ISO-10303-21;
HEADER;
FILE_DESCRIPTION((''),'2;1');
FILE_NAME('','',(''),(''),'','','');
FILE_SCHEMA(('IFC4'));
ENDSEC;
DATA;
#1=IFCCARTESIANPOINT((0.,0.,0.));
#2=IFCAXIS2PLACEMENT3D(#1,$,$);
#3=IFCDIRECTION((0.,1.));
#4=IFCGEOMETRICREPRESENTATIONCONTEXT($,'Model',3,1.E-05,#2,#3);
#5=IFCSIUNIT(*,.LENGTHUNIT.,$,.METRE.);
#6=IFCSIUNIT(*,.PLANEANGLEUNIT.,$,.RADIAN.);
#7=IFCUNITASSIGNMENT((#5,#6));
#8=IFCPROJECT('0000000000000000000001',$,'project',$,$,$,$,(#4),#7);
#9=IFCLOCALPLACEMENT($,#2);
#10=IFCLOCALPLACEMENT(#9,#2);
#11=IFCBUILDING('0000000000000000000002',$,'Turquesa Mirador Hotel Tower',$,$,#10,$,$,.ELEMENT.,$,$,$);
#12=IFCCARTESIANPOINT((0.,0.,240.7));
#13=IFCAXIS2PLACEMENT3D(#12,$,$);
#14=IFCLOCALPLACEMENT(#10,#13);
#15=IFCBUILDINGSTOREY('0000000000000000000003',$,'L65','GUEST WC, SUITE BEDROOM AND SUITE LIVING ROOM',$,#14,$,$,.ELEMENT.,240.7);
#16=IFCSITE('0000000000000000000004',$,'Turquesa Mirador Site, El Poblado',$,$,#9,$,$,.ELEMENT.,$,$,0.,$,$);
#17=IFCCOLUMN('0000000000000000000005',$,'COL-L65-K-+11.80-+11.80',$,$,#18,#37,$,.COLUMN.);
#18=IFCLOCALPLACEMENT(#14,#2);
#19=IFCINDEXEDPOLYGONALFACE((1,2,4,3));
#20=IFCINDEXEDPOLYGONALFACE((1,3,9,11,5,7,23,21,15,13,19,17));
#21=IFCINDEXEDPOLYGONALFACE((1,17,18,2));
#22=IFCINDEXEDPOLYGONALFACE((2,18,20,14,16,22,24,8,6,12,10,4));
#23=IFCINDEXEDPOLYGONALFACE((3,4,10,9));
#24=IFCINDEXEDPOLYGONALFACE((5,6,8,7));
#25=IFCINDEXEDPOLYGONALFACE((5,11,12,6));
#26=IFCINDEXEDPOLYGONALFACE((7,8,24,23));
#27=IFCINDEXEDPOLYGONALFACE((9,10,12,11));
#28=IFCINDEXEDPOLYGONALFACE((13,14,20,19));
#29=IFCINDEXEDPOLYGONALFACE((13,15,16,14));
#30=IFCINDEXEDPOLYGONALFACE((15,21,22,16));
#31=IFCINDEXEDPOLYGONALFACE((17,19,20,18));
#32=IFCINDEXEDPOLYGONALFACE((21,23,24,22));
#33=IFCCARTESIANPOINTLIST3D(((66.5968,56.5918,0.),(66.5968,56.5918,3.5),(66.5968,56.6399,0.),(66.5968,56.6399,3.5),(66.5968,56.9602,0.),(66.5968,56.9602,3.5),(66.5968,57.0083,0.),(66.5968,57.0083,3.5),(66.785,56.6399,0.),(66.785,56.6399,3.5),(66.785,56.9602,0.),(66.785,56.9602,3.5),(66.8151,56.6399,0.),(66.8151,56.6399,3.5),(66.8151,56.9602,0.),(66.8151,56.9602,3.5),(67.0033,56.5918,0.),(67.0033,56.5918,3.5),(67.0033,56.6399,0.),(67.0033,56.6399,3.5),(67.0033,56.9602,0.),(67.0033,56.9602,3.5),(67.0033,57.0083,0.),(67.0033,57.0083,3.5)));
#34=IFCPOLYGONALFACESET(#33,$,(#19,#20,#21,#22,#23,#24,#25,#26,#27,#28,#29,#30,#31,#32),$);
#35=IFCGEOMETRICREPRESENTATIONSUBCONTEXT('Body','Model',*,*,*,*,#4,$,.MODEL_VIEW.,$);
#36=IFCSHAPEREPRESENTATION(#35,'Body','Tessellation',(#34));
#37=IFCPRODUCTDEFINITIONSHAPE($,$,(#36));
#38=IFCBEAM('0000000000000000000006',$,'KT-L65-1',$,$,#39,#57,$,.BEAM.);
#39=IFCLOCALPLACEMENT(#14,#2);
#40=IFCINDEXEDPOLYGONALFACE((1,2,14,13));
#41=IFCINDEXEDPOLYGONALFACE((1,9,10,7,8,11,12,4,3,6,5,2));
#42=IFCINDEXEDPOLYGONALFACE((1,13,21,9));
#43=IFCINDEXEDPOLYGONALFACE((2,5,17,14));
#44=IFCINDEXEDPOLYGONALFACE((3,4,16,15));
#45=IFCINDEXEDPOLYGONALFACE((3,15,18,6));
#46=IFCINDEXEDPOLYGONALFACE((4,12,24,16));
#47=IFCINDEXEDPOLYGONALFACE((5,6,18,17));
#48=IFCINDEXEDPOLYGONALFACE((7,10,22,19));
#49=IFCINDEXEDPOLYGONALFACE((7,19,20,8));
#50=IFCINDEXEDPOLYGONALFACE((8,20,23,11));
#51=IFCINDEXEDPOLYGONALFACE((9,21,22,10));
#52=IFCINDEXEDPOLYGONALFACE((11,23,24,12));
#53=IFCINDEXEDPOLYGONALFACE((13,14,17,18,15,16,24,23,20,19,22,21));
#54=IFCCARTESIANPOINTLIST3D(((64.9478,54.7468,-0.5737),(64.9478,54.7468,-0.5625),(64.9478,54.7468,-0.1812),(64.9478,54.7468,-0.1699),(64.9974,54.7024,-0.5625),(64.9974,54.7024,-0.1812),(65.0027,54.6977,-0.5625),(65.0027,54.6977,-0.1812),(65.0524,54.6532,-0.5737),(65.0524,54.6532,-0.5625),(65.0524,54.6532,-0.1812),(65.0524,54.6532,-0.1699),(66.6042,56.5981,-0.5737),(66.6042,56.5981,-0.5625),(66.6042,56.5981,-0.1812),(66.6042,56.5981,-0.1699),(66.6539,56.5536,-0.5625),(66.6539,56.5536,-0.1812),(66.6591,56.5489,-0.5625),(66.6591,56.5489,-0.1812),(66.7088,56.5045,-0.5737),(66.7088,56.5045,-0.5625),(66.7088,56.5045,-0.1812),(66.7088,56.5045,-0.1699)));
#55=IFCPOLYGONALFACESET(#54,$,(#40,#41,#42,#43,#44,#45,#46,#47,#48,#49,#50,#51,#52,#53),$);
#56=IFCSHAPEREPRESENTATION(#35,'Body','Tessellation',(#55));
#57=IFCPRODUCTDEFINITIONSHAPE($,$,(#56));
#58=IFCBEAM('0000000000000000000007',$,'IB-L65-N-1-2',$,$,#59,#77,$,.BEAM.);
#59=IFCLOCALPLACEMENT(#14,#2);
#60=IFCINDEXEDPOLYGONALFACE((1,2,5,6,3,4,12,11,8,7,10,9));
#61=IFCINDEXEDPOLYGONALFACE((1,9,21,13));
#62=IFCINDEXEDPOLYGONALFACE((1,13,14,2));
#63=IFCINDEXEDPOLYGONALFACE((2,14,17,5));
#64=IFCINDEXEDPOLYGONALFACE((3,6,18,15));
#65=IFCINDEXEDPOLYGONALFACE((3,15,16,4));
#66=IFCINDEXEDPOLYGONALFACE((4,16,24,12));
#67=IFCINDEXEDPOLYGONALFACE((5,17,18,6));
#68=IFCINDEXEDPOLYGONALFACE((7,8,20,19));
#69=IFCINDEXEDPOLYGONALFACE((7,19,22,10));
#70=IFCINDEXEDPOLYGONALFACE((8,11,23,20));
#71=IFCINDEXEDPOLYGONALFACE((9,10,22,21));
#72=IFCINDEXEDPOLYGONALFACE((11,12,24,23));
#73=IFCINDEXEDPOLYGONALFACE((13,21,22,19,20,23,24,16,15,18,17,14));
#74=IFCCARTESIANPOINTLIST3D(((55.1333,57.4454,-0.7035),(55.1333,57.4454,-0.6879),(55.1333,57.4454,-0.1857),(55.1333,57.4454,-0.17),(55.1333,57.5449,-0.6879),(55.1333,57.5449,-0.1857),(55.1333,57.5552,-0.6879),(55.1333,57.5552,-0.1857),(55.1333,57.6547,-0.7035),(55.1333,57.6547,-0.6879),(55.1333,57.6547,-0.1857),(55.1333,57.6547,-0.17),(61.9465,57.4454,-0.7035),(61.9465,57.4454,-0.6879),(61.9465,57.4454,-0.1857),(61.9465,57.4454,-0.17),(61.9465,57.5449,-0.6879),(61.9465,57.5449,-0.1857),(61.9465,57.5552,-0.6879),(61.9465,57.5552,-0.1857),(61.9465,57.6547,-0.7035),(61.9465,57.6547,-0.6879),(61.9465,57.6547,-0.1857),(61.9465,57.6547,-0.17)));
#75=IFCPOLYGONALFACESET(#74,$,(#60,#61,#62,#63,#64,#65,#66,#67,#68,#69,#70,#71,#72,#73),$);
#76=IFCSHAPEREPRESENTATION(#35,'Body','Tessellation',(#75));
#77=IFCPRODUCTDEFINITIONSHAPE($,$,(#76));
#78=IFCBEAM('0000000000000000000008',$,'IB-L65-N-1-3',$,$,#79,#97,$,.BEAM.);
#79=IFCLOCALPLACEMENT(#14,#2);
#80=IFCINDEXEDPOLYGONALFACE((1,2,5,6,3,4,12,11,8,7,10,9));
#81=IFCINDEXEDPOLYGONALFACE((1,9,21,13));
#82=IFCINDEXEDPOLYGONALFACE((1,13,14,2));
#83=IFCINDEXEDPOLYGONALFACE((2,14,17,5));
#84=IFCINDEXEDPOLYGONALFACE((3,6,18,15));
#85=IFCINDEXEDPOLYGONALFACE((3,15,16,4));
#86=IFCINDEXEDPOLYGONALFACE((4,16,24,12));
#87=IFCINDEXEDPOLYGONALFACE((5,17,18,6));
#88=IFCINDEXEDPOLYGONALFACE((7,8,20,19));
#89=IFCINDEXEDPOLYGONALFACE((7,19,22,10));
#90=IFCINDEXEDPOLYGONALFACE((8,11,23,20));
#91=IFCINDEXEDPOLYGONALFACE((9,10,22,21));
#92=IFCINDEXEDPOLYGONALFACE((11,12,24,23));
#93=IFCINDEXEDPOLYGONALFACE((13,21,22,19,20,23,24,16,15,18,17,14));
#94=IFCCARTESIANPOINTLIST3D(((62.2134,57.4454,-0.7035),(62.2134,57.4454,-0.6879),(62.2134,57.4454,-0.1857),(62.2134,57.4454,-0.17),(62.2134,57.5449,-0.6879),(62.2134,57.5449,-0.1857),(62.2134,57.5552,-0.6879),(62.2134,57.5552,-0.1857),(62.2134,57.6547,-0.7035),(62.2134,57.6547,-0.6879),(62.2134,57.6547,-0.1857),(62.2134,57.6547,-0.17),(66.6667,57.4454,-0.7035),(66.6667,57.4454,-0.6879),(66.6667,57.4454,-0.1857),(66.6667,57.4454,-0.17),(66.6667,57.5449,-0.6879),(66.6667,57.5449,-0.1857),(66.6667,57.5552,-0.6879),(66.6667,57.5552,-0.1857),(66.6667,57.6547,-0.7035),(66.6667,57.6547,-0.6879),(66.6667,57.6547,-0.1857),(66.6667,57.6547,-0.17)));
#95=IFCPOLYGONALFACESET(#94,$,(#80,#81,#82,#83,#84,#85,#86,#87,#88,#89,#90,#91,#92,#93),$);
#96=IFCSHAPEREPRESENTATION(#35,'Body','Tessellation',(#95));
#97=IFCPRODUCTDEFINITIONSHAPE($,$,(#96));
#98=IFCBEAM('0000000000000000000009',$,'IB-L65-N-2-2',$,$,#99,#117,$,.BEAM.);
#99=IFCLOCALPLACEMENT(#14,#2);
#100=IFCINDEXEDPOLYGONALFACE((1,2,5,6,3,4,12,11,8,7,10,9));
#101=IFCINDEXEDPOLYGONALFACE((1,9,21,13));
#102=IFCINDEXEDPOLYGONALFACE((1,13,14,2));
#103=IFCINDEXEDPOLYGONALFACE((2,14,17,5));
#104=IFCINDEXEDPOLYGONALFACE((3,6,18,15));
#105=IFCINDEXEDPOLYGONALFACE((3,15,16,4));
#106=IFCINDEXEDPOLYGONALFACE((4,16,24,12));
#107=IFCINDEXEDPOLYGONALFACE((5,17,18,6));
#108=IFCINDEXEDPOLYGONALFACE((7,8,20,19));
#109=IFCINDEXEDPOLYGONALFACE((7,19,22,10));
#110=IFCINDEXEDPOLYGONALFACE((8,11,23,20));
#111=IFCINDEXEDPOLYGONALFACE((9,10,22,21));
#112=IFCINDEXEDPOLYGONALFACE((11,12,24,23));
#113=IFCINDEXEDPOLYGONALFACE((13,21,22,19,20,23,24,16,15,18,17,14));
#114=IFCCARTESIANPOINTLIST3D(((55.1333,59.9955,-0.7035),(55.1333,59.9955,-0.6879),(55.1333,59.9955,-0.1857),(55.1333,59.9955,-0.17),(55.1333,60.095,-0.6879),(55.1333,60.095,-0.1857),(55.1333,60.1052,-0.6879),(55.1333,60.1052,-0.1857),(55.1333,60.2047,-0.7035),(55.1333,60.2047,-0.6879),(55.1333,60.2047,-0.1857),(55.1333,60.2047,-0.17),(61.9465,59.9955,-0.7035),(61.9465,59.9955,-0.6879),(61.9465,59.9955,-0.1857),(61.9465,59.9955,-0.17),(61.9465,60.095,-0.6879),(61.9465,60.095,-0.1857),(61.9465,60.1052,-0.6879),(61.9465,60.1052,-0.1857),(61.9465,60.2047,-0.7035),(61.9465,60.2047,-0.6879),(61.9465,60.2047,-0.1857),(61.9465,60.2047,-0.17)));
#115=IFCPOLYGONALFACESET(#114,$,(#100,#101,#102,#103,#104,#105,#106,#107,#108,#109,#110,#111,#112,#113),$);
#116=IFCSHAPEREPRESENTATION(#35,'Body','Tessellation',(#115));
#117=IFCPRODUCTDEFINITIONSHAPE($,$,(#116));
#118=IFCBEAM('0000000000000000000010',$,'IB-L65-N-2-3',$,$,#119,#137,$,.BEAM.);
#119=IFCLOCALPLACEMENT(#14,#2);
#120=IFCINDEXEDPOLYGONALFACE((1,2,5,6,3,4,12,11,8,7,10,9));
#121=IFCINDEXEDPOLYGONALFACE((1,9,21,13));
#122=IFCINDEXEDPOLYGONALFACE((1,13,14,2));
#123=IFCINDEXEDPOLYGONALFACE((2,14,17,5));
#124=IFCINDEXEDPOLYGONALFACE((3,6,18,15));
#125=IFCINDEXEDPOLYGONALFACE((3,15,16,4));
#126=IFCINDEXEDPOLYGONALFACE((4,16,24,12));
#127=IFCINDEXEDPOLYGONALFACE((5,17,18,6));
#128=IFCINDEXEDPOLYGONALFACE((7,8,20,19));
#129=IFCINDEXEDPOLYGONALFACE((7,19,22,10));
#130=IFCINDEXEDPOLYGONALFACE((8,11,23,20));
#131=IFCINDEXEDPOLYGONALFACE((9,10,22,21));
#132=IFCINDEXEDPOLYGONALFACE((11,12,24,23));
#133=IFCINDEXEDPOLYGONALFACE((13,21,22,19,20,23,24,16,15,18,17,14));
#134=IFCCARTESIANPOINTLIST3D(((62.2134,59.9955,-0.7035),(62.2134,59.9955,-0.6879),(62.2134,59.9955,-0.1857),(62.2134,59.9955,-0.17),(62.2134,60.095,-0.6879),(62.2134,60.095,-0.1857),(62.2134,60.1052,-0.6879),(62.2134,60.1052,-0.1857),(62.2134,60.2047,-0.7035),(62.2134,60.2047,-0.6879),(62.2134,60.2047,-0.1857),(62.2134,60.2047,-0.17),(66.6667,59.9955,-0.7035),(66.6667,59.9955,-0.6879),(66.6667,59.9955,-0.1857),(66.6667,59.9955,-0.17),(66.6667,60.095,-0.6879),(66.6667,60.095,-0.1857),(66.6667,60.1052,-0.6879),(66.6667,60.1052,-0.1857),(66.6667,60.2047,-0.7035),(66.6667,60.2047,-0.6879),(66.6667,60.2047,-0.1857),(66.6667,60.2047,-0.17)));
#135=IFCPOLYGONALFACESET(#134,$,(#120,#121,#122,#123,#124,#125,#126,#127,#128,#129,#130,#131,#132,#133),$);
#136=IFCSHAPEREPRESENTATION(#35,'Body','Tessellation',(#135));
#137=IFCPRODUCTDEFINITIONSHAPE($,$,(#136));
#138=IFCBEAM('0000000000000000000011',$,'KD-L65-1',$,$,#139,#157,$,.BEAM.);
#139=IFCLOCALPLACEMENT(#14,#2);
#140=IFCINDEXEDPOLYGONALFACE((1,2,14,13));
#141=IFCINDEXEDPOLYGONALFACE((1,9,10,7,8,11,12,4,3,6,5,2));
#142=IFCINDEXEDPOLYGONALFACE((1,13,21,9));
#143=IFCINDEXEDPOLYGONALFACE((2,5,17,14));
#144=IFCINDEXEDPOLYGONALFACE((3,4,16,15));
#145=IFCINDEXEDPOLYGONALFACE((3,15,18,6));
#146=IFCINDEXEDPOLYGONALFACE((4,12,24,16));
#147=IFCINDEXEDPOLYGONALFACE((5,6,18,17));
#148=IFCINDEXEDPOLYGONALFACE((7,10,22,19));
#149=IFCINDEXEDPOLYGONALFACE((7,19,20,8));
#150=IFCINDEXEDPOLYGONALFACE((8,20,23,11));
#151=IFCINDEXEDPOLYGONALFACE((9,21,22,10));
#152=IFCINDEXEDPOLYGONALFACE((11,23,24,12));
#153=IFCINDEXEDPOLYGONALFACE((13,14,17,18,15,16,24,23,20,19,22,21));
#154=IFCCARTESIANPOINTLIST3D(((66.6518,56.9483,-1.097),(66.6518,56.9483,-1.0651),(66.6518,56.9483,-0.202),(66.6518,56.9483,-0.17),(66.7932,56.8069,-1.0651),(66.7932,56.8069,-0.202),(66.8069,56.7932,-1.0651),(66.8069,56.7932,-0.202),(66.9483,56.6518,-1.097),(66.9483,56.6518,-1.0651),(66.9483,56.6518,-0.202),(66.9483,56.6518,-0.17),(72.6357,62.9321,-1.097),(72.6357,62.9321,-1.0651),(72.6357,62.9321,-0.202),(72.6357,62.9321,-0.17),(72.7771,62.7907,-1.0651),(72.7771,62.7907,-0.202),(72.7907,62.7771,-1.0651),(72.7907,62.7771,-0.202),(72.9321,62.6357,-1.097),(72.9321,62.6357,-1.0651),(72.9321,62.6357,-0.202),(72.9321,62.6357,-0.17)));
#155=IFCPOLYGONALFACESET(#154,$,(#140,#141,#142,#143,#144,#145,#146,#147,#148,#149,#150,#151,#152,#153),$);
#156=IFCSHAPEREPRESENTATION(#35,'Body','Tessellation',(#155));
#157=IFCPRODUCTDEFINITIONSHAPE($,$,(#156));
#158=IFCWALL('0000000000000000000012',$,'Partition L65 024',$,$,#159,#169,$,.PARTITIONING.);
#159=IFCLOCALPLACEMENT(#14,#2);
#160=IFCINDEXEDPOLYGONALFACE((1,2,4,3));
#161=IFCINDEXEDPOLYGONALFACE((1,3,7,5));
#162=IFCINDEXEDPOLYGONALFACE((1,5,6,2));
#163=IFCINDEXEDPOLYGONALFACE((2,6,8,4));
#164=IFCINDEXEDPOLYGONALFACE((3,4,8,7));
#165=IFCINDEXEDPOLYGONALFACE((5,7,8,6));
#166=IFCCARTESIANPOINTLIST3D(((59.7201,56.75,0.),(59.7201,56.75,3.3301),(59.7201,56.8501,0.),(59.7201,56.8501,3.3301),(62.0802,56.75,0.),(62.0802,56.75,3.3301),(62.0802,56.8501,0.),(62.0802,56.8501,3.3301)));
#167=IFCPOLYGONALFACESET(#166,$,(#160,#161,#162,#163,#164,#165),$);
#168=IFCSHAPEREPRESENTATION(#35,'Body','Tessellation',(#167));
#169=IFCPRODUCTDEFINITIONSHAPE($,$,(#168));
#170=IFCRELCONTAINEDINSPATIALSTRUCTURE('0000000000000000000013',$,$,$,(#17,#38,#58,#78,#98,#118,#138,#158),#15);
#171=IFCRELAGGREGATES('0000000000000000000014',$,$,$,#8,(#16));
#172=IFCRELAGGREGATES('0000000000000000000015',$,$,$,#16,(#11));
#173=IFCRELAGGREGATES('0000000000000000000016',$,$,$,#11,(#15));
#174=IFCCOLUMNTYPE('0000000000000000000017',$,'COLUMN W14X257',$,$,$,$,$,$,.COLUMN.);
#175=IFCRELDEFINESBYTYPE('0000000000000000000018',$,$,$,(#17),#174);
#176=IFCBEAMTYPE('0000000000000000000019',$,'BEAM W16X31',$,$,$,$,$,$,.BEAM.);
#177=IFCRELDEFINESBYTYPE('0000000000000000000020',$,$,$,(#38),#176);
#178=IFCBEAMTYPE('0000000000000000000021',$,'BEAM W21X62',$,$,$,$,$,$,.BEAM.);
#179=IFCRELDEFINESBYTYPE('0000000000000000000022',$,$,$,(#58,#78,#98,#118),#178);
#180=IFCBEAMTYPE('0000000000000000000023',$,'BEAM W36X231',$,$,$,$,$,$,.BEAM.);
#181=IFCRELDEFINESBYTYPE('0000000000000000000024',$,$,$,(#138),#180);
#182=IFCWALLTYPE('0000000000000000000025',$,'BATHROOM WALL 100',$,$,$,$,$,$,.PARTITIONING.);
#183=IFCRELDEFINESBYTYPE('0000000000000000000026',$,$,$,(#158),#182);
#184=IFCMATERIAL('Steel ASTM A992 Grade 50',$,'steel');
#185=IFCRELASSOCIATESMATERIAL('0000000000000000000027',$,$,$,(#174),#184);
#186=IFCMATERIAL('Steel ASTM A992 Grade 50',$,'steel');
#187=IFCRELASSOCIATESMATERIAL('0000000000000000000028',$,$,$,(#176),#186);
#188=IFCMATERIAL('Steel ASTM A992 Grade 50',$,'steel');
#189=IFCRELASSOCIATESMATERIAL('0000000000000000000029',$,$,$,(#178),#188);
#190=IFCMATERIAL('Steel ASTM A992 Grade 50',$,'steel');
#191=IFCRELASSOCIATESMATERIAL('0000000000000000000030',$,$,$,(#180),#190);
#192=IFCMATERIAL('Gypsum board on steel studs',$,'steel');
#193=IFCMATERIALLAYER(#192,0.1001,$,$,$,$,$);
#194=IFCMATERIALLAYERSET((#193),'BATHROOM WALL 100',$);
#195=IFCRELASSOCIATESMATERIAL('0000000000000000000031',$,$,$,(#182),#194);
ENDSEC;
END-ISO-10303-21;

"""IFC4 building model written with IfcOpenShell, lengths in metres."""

from ifc_helpers import new_model, si_unit, direction, frame, frame_2d, origin, origin_2d, place, context, subcontext, project, spatial, rectangle, i_section, extrude, material, layer, layer_set, material_profile, profile_set, type_object, element, save


model = new_model("IFC4")

# Units and contexts
model_context = context("Model", 3, precision=1e-05, world=origin(), true_north=direction((0.0, 1.0)))
body_context = subcontext(model_context, "Body", "Model", "MODEL_VIEW")
ifc_project = project(units=[si_unit("LENGTHUNIT", "METRE"), si_unit("PLANEANGLEUNIT", "RADIAN")], contexts=[model_context])

# Site, building, storey
site_placement = place(None, origin())
site = spatial("IfcSite", under=ifc_project, at=site_placement, Name="Turquesa Mirador Site, El Poblado", CompositionType="ELEMENT", RefElevation=0.0)
building_placement = place(site_placement, origin())
building = spatial("IfcBuilding", under=site, at=building_placement, Name="Turquesa Mirador Hotel Tower", CompositionType="ELEMENT")
storey_placement = place(building_placement, frame((0.0, 0.0, 240.7)))
storey = spatial("IfcBuildingStorey", under=building, at=storey_placement, Name="L65", Description="GUEST WC, SUITE BEDROOM AND SUITE LIVING ROOM", CompositionType="ELEMENT", Elevation=240.7)

# Column
ifc_material_1 = material(Name="Steel ASTM A992 Grade 50", Category="steel")
ifc_material_profile_1 = material_profile(ifc_material_1, i_section(OverallWidth=0.4065, OverallDepth=0.4165, WebThickness=0.03, FlangeThickness=0.0481, at=origin_2d()), Name="W14X257")
ifc_profile_set_1 = profile_set([ifc_material_profile_1], Name="Steel ASTM A992 Grade 50")
column_type = type_object("IfcColumnType", Name="COLUMN W14X257", PredefinedType="COLUMN", material=ifc_profile_set_1)
column_placement = place(storey_placement, frame((66.8, 56.8, 0.0), z_axis=(0.0, 0.0, 1.0), x_axis=(1.0, 0.0, 0.0)))
element("IfcColumn", 1, at=column_placement, inside=storey, type_object=column_type, Name="COL-L65-K-+11.80-+11.80", PredefinedType="COLUMN", context=body_context, shape_type="SweptSolid", body=[
    extrude(i_section(OverallWidth=0.4065, OverallDepth=0.4165, WebThickness=0.03, FlangeThickness=0.0481, at=origin_2d()), origin(), (0.0, 0.0, 1.0), 3.5),
])

# Beams
ifc_material_2 = material(Name="Steel ASTM A992 Grade 50", Category="steel")
ifc_material_profile_2 = material_profile(ifc_material_2, i_section(OverallWidth=0.1404, OverallDepth=0.4038, WebThickness=0.0071, FlangeThickness=0.0112, at=origin_2d()), Name="W16X31")
ifc_profile_set_2 = profile_set([ifc_material_profile_2], Name="Steel ASTM A992 Grade 50")
beam_type_1 = type_object("IfcBeamType", Name="BEAM W16X31", PredefinedType="BEAM", material=ifc_profile_set_2)
beam_1_placement = place(storey_placement, frame((66.6565, 56.5513, -0.3718), z_axis=(-0.666806, -0.745231, 0.0), x_axis=(0.745231, -0.666806, 0.0)))
element("IfcBeam", 2, at=beam_1_placement, inside=storey, type_object=beam_type_1, Name="KT-L65-1", PredefinedType="BEAM", context=body_context, shape_type="SweptSolid", body=[
    extrude(i_section(OverallWidth=0.1404, OverallDepth=0.4038, WebThickness=0.0071, FlangeThickness=0.0112, at=origin_2d()), origin(), (0.0, 0.0, 1.0), 2.4841),
])
ifc_material_3 = material(Name="Steel ASTM A992 Grade 50", Category="steel")
ifc_material_profile_3 = material_profile(ifc_material_3, i_section(OverallWidth=0.2092, OverallDepth=0.5334, WebThickness=0.0103, FlangeThickness=0.0156, at=origin_2d()), Name="W21X62")
ifc_profile_set_3 = profile_set([ifc_material_profile_3], Name="Steel ASTM A992 Grade 50")
beam_type_2 = type_object("IfcBeamType", Name="BEAM W21X62", PredefinedType="BEAM", material=ifc_profile_set_3)
beam_2_placement = place(storey_placement, frame((55.1333, 57.55, -0.4368), z_axis=(1.0, 0.0, 0.0), x_axis=(0.0, 1.0, 0.0)))
element("IfcBeam", 3, at=beam_2_placement, inside=storey, type_object=beam_type_2, Name="IB-L65-N-1-2", PredefinedType="BEAM", context=body_context, shape_type="SweptSolid", body=[
    extrude(i_section(OverallWidth=0.2092, OverallDepth=0.5334, WebThickness=0.0103, FlangeThickness=0.0156, at=origin_2d()), origin(), (0.0, 0.0, 1.0), 6.8132),
])
beam_3_placement = place(storey_placement, frame((62.2134, 57.55, -0.4368), z_axis=(1.0, 0.0, 0.0), x_axis=(0.0, 1.0, 0.0)))
element("IfcBeam", 4, at=beam_3_placement, inside=storey, type_object=beam_type_2, Name="IB-L65-N-1-3", PredefinedType="BEAM", context=body_context, shape_type="SweptSolid", body=[
    extrude(i_section(OverallWidth=0.2092, OverallDepth=0.5334, WebThickness=0.0103, FlangeThickness=0.0156, at=origin_2d()), origin(), (0.0, 0.0, 1.0), 4.4534),
])
beam_4_placement = place(storey_placement, frame((55.1333, 60.1001, -0.4368), z_axis=(1.0, 0.0, 0.0), x_axis=(0.0, 1.0, 0.0)))
element("IfcBeam", 5, at=beam_4_placement, inside=storey, type_object=beam_type_2, Name="IB-L65-N-2-2", PredefinedType="BEAM", context=body_context, shape_type="SweptSolid", body=[
    extrude(i_section(OverallWidth=0.2092, OverallDepth=0.5334, WebThickness=0.0103, FlangeThickness=0.0156, at=origin_2d()), origin(), (0.0, 0.0, 1.0), 6.8132),
])
beam_5_placement = place(storey_placement, frame((62.2134, 60.1001, -0.4368), z_axis=(1.0, 0.0, 0.0), x_axis=(0.0, 1.0, 0.0)))
element("IfcBeam", 6, at=beam_5_placement, inside=storey, type_object=beam_type_2, Name="IB-L65-N-2-3", PredefinedType="BEAM", context=body_context, shape_type="SweptSolid", body=[
    extrude(i_section(OverallWidth=0.2092, OverallDepth=0.5334, WebThickness=0.0103, FlangeThickness=0.0156, at=origin_2d()), origin(), (0.0, 0.0, 1.0), 4.4534),
])
ifc_material_4 = material(Name="Steel ASTM A992 Grade 50", Category="steel")
ifc_material_profile_4 = material_profile(ifc_material_4, i_section(OverallWidth=0.4192, OverallDepth=0.927, WebThickness=0.0193, FlangeThickness=0.032, at=origin_2d()), Name="W36X231")
ifc_profile_set_4 = profile_set([ifc_material_profile_4], Name="Steel ASTM A992 Grade 50")
beam_type_3 = type_object("IfcBeamType", Name="BEAM W36X231", PredefinedType="BEAM", material=ifc_profile_set_4)
beam_6_placement = place(storey_placement, frame((66.8, 56.8, -0.6335), z_axis=(0.707107, 0.707107, 0.0), x_axis=(-0.707107, 0.707107, 0.0)))
element("IfcBeam", 7, at=beam_6_placement, inside=storey, type_object=beam_type_3, Name="KD-L65-1", PredefinedType="BEAM", context=body_context, shape_type="SweptSolid", body=[
    extrude(i_section(OverallWidth=0.4192, OverallDepth=0.927, WebThickness=0.0193, FlangeThickness=0.032, at=origin_2d()), origin(), (0.0, 0.0, 1.0), 8.4624),
])

# Wall
ifc_material_5 = material(Name="Gypsum board on steel studs", Category="steel")
ifc_layer_1 = layer(ifc_material_5, 0.1001)
ifc_layer_set_1 = layer_set([ifc_layer_1], Name="BATHROOM WALL 100")
wall_type_1 = type_object("IfcWallType", Name="BATHROOM WALL 100", PredefinedType="PARTITIONING", material=ifc_layer_set_1)
wall_1_placement = place(storey_placement, frame((59.72, 56.8, 0.0), z_axis=(0.0, 0.0, 1.0), x_axis=(1.0, 0.0, 0.0)))
element("IfcWall", 8, at=wall_1_placement, inside=storey, type_object=wall_type_1, Name="Partition L65 024", PredefinedType="PARTITIONING", context=body_context, shape_type="SweptSolid", body=[
    extrude(rectangle(XDim=2.3601, YDim=0.1001, at=frame_2d((1.1802, 0.0))), origin(), (0.0, 0.0, 1.0), 3.3301),
])

save(model, "model.ifc")
